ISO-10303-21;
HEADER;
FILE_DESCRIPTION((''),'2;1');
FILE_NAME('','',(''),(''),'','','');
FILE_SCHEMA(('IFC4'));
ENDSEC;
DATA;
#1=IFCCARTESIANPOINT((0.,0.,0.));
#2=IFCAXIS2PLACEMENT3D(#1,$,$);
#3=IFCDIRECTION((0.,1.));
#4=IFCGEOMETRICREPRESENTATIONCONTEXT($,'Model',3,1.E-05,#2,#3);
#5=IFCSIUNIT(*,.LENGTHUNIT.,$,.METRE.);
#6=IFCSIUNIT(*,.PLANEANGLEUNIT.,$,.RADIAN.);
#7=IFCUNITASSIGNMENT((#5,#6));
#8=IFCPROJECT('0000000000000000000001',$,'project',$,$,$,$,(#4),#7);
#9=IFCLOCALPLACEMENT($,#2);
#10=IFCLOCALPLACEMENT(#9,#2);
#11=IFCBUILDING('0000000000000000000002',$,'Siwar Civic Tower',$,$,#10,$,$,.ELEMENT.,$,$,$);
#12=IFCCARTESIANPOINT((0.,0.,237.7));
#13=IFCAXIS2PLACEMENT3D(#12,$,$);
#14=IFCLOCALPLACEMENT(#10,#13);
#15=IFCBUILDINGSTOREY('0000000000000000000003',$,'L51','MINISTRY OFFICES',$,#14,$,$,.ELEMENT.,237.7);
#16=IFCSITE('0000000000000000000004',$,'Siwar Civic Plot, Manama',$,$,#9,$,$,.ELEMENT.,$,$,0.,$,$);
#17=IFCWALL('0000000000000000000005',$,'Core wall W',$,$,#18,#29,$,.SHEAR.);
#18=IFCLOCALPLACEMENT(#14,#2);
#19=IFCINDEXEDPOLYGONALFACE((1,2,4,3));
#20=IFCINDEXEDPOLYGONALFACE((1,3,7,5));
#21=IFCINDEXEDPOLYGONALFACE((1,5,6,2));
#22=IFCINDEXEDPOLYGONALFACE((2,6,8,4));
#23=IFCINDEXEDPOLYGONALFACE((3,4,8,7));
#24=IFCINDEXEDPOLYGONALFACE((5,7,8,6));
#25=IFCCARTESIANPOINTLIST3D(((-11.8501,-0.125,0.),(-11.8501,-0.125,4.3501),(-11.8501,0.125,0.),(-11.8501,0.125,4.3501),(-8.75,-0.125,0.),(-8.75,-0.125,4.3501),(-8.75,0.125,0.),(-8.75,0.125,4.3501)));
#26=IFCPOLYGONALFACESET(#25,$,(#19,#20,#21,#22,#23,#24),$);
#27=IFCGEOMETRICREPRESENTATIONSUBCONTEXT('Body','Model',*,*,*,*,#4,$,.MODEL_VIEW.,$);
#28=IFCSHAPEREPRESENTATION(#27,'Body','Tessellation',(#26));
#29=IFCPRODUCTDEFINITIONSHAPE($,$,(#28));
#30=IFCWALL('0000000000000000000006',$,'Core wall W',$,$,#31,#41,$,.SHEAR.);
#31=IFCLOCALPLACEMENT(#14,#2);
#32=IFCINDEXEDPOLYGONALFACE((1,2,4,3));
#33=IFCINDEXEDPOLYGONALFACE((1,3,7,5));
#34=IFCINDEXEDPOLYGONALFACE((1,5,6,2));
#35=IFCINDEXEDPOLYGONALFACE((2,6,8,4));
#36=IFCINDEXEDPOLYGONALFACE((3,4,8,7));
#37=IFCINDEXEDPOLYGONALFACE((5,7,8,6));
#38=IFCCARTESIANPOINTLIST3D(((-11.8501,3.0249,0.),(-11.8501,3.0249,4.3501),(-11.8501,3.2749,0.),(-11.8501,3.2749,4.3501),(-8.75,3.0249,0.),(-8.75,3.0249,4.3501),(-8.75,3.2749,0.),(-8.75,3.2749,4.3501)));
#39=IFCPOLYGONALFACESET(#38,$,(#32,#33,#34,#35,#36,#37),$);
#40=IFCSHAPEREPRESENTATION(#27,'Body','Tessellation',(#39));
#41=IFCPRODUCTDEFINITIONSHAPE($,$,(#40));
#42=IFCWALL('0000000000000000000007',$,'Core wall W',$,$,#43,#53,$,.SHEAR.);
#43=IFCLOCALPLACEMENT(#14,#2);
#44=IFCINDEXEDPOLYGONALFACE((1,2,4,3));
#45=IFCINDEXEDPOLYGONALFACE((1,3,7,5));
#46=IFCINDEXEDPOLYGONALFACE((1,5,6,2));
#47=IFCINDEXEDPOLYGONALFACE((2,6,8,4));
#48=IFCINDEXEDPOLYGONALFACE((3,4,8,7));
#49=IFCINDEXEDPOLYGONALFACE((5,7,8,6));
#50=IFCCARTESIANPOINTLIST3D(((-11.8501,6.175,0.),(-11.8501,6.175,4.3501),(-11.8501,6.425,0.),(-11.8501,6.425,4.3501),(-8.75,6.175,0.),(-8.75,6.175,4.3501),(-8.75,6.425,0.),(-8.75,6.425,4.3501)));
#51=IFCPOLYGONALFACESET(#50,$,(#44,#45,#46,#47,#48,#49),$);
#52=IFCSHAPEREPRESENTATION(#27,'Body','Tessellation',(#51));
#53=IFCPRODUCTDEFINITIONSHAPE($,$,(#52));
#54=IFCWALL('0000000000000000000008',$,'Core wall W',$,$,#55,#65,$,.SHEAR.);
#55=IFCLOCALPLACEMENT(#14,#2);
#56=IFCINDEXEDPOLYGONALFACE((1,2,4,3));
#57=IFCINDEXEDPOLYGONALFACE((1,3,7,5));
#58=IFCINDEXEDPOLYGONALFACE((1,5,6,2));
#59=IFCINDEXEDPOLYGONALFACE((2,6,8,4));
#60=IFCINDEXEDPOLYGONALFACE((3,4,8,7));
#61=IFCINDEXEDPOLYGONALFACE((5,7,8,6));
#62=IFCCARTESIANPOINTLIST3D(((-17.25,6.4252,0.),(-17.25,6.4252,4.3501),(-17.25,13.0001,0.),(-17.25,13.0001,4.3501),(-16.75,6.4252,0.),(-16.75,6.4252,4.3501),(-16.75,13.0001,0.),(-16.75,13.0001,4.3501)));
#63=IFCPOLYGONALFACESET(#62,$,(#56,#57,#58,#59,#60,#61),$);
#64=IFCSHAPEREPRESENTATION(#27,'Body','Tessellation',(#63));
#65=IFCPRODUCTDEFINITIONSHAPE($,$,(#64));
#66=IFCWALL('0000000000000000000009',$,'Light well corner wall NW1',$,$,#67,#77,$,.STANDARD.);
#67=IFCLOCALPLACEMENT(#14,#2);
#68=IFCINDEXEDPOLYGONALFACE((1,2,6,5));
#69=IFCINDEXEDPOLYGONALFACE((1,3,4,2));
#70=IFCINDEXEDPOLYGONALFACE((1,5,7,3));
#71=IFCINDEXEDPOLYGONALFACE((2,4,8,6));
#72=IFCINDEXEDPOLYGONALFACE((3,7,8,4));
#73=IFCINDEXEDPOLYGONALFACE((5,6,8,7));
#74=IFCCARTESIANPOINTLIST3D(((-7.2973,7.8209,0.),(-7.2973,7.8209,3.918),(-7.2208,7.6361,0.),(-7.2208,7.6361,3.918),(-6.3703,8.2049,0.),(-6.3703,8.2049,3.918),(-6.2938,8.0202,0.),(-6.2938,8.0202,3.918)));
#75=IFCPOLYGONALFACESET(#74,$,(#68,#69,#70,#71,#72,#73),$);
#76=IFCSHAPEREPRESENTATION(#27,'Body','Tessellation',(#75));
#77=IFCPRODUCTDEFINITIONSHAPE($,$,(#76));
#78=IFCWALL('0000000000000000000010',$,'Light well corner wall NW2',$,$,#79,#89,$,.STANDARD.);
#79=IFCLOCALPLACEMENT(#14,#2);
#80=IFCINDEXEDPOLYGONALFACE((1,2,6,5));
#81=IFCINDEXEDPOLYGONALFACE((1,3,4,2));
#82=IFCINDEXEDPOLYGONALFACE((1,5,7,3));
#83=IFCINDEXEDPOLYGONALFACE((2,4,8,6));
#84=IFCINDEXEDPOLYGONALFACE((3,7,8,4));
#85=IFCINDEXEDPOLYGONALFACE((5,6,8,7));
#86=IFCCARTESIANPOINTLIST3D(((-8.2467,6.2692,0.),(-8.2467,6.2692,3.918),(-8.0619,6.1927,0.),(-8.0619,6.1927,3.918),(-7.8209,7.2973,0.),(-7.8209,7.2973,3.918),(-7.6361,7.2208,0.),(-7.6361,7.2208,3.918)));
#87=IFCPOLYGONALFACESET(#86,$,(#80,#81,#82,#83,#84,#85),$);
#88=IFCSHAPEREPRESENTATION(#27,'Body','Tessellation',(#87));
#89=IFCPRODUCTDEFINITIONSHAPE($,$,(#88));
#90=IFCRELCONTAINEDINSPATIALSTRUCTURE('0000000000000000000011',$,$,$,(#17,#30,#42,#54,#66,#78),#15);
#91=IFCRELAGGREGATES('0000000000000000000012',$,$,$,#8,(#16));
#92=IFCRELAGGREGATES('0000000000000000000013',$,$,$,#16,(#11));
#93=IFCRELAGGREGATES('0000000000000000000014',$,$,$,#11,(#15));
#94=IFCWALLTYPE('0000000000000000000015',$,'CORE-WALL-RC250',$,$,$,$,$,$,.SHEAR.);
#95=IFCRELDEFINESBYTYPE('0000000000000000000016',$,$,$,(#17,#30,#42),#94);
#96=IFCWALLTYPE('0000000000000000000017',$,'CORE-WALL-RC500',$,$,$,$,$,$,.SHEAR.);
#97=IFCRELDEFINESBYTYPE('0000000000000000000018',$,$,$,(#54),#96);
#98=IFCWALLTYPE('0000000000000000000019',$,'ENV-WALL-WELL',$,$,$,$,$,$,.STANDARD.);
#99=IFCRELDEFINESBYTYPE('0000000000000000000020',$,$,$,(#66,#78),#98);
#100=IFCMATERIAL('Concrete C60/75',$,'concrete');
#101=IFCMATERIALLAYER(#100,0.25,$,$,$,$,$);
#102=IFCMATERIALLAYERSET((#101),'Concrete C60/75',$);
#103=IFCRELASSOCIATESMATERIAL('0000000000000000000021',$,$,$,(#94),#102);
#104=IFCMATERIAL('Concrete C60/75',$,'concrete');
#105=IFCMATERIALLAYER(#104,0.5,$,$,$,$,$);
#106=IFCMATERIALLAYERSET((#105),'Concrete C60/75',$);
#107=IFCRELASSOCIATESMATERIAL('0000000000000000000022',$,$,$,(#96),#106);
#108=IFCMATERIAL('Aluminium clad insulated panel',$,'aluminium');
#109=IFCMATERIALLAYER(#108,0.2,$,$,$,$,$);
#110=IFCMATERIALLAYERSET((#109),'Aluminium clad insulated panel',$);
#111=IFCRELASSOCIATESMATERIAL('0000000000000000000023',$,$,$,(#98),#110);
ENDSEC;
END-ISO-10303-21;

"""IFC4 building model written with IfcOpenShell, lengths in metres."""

from ifc_helpers import new_model, si_unit, direction, frame, frame_2d, origin, place, context, subcontext, project, spatial, rectangle, extrude, material, layer, layer_set, type_object, element, save


model = new_model("IFC4")

# Units and contexts
model_context = context("Model", 3, precision=1e-05, world=origin(), true_north=direction((0.0, 1.0)))
body_context = subcontext(model_context, "Body", "Model", "MODEL_VIEW")
ifc_project = project(units=[si_unit("LENGTHUNIT", "METRE"), si_unit("PLANEANGLEUNIT", "RADIAN")], contexts=[model_context])

# Site, building, storey
site_placement = place(None, origin())
site = spatial("IfcSite", under=ifc_project, at=site_placement, Name="Siwar Civic Plot, Manama", CompositionType="ELEMENT", RefElevation=0.0)
building_placement = place(site_placement, origin())
building = spatial("IfcBuilding", under=site, at=building_placement, Name="Siwar Civic Tower", CompositionType="ELEMENT")
storey_placement = place(building_placement, frame((0.0, 0.0, 237.7)))
storey = spatial("IfcBuildingStorey", under=building, at=storey_placement, Name="L51", Description="MINISTRY OFFICES", CompositionType="ELEMENT", Elevation=237.7)

# Shared definitions
ifc_material_1 = material(Name="Concrete C60/75", Category="concrete")
ifc_layer_1 = layer(ifc_material_1, 0.25)
ifc_layer_set_1 = layer_set([ifc_layer_1], Name="Concrete C60/75")
wall_type_1 = type_object("IfcWallType", Name="CORE-WALL-RC250", PredefinedType="SHEAR", material=ifc_layer_set_1)

# Walls
for number, where, z_axis, x_axis, name in (
    (1, (-8.75, 0.0, 0.0), (0.0, 0.0, 1.0), (-1.0, 0.0, 0.0), "Core wall W"),
    (2, (-8.75, 3.1499, 0.0), (0.0, 0.0, 1.0), (-1.0, 0.0, 0.0), "Core wall W"),
    (3, (-8.75, 6.3, 0.0), (0.0, 0.0, 1.0), (-1.0, 0.0, 0.0), "Core wall W"),
):
    element("IfcWall", number, at=place(storey_placement, frame(where, z_axis=z_axis, x_axis=x_axis)), inside=storey, type_object=wall_type_1, Name=name, PredefinedType="SHEAR", context=body_context, shape_type="SweptSolid", body=[
        extrude(rectangle(XDim=3.1001, YDim=0.25, at=frame_2d((1.55, 0.0))), origin(), (0.0, 0.0, 1.0), 4.3501),
    ])
ifc_material_2 = material(Name="Concrete C60/75", Category="concrete")
ifc_layer_2 = layer(ifc_material_2, 0.5)
ifc_layer_set_2 = layer_set([ifc_layer_2], Name="Concrete C60/75")
wall_type_2 = type_object("IfcWallType", Name="CORE-WALL-RC500", PredefinedType="SHEAR", material=ifc_layer_set_2)
wall_1_placement = place(storey_placement, frame((-17.0, 6.425, 0.0), z_axis=(0.0, 0.0, 1.0), x_axis=(0.0, 1.0, 0.0)))
element("IfcWall", 4, at=wall_1_placement, inside=storey, type_object=wall_type_2, Name="Core wall W", PredefinedType="SHEAR", context=body_context, shape_type="SweptSolid", body=[
    extrude(rectangle(XDim=6.575, YDim=0.5, at=frame_2d((3.2876, 0.0))), origin(), (0.0, 0.0, 1.0), 4.3501),
])
ifc_material_3 = material(Name="Aluminium clad insulated panel", Category="aluminium")
ifc_layer_3 = layer(ifc_material_3, 0.2)
ifc_layer_set_3 = layer_set([ifc_layer_3], Name="Aluminium clad insulated panel")
wall_type_3 = type_object("IfcWallType", Name="ENV-WALL-WELL", PredefinedType="STANDARD", material=ifc_layer_set_3)
wall_2_placement = place(storey_placement, frame((-6.332, 8.1125, 0.0), z_axis=(0.0, 0.0, 1.0), x_axis=(-0.92386, -0.382731, 0.0)))
element("IfcWall", 5, at=wall_2_placement, inside=storey, type_object=wall_type_3, Name="Light well corner wall NW1", PredefinedType="STANDARD", context=body_context, shape_type="SweptSolid", body=[
    extrude(rectangle(XDim=1.0034, YDim=0.2, at=frame_2d((0.5017, 0.0))), origin(), (0.0, 0.0, 1.0), 3.918),
])
wall_3_placement = place(storey_placement, frame((-7.7285, 7.259, 0.0), z_axis=(0.0, 0.0, 1.0), x_axis=(-0.382636, -0.923899, 0.0)))
element("IfcWall", 6, at=wall_3_placement, inside=storey, type_object=wall_type_3, Name="Light well corner wall NW2", PredefinedType="STANDARD", context=body_context, shape_type="SweptSolid", body=[
    extrude(rectangle(XDim=1.1128, YDim=0.2, at=frame_2d((0.5564, 0.0))), origin(), (0.0, 0.0, 1.0), 3.918),
])

save(model, "model.ifc")
